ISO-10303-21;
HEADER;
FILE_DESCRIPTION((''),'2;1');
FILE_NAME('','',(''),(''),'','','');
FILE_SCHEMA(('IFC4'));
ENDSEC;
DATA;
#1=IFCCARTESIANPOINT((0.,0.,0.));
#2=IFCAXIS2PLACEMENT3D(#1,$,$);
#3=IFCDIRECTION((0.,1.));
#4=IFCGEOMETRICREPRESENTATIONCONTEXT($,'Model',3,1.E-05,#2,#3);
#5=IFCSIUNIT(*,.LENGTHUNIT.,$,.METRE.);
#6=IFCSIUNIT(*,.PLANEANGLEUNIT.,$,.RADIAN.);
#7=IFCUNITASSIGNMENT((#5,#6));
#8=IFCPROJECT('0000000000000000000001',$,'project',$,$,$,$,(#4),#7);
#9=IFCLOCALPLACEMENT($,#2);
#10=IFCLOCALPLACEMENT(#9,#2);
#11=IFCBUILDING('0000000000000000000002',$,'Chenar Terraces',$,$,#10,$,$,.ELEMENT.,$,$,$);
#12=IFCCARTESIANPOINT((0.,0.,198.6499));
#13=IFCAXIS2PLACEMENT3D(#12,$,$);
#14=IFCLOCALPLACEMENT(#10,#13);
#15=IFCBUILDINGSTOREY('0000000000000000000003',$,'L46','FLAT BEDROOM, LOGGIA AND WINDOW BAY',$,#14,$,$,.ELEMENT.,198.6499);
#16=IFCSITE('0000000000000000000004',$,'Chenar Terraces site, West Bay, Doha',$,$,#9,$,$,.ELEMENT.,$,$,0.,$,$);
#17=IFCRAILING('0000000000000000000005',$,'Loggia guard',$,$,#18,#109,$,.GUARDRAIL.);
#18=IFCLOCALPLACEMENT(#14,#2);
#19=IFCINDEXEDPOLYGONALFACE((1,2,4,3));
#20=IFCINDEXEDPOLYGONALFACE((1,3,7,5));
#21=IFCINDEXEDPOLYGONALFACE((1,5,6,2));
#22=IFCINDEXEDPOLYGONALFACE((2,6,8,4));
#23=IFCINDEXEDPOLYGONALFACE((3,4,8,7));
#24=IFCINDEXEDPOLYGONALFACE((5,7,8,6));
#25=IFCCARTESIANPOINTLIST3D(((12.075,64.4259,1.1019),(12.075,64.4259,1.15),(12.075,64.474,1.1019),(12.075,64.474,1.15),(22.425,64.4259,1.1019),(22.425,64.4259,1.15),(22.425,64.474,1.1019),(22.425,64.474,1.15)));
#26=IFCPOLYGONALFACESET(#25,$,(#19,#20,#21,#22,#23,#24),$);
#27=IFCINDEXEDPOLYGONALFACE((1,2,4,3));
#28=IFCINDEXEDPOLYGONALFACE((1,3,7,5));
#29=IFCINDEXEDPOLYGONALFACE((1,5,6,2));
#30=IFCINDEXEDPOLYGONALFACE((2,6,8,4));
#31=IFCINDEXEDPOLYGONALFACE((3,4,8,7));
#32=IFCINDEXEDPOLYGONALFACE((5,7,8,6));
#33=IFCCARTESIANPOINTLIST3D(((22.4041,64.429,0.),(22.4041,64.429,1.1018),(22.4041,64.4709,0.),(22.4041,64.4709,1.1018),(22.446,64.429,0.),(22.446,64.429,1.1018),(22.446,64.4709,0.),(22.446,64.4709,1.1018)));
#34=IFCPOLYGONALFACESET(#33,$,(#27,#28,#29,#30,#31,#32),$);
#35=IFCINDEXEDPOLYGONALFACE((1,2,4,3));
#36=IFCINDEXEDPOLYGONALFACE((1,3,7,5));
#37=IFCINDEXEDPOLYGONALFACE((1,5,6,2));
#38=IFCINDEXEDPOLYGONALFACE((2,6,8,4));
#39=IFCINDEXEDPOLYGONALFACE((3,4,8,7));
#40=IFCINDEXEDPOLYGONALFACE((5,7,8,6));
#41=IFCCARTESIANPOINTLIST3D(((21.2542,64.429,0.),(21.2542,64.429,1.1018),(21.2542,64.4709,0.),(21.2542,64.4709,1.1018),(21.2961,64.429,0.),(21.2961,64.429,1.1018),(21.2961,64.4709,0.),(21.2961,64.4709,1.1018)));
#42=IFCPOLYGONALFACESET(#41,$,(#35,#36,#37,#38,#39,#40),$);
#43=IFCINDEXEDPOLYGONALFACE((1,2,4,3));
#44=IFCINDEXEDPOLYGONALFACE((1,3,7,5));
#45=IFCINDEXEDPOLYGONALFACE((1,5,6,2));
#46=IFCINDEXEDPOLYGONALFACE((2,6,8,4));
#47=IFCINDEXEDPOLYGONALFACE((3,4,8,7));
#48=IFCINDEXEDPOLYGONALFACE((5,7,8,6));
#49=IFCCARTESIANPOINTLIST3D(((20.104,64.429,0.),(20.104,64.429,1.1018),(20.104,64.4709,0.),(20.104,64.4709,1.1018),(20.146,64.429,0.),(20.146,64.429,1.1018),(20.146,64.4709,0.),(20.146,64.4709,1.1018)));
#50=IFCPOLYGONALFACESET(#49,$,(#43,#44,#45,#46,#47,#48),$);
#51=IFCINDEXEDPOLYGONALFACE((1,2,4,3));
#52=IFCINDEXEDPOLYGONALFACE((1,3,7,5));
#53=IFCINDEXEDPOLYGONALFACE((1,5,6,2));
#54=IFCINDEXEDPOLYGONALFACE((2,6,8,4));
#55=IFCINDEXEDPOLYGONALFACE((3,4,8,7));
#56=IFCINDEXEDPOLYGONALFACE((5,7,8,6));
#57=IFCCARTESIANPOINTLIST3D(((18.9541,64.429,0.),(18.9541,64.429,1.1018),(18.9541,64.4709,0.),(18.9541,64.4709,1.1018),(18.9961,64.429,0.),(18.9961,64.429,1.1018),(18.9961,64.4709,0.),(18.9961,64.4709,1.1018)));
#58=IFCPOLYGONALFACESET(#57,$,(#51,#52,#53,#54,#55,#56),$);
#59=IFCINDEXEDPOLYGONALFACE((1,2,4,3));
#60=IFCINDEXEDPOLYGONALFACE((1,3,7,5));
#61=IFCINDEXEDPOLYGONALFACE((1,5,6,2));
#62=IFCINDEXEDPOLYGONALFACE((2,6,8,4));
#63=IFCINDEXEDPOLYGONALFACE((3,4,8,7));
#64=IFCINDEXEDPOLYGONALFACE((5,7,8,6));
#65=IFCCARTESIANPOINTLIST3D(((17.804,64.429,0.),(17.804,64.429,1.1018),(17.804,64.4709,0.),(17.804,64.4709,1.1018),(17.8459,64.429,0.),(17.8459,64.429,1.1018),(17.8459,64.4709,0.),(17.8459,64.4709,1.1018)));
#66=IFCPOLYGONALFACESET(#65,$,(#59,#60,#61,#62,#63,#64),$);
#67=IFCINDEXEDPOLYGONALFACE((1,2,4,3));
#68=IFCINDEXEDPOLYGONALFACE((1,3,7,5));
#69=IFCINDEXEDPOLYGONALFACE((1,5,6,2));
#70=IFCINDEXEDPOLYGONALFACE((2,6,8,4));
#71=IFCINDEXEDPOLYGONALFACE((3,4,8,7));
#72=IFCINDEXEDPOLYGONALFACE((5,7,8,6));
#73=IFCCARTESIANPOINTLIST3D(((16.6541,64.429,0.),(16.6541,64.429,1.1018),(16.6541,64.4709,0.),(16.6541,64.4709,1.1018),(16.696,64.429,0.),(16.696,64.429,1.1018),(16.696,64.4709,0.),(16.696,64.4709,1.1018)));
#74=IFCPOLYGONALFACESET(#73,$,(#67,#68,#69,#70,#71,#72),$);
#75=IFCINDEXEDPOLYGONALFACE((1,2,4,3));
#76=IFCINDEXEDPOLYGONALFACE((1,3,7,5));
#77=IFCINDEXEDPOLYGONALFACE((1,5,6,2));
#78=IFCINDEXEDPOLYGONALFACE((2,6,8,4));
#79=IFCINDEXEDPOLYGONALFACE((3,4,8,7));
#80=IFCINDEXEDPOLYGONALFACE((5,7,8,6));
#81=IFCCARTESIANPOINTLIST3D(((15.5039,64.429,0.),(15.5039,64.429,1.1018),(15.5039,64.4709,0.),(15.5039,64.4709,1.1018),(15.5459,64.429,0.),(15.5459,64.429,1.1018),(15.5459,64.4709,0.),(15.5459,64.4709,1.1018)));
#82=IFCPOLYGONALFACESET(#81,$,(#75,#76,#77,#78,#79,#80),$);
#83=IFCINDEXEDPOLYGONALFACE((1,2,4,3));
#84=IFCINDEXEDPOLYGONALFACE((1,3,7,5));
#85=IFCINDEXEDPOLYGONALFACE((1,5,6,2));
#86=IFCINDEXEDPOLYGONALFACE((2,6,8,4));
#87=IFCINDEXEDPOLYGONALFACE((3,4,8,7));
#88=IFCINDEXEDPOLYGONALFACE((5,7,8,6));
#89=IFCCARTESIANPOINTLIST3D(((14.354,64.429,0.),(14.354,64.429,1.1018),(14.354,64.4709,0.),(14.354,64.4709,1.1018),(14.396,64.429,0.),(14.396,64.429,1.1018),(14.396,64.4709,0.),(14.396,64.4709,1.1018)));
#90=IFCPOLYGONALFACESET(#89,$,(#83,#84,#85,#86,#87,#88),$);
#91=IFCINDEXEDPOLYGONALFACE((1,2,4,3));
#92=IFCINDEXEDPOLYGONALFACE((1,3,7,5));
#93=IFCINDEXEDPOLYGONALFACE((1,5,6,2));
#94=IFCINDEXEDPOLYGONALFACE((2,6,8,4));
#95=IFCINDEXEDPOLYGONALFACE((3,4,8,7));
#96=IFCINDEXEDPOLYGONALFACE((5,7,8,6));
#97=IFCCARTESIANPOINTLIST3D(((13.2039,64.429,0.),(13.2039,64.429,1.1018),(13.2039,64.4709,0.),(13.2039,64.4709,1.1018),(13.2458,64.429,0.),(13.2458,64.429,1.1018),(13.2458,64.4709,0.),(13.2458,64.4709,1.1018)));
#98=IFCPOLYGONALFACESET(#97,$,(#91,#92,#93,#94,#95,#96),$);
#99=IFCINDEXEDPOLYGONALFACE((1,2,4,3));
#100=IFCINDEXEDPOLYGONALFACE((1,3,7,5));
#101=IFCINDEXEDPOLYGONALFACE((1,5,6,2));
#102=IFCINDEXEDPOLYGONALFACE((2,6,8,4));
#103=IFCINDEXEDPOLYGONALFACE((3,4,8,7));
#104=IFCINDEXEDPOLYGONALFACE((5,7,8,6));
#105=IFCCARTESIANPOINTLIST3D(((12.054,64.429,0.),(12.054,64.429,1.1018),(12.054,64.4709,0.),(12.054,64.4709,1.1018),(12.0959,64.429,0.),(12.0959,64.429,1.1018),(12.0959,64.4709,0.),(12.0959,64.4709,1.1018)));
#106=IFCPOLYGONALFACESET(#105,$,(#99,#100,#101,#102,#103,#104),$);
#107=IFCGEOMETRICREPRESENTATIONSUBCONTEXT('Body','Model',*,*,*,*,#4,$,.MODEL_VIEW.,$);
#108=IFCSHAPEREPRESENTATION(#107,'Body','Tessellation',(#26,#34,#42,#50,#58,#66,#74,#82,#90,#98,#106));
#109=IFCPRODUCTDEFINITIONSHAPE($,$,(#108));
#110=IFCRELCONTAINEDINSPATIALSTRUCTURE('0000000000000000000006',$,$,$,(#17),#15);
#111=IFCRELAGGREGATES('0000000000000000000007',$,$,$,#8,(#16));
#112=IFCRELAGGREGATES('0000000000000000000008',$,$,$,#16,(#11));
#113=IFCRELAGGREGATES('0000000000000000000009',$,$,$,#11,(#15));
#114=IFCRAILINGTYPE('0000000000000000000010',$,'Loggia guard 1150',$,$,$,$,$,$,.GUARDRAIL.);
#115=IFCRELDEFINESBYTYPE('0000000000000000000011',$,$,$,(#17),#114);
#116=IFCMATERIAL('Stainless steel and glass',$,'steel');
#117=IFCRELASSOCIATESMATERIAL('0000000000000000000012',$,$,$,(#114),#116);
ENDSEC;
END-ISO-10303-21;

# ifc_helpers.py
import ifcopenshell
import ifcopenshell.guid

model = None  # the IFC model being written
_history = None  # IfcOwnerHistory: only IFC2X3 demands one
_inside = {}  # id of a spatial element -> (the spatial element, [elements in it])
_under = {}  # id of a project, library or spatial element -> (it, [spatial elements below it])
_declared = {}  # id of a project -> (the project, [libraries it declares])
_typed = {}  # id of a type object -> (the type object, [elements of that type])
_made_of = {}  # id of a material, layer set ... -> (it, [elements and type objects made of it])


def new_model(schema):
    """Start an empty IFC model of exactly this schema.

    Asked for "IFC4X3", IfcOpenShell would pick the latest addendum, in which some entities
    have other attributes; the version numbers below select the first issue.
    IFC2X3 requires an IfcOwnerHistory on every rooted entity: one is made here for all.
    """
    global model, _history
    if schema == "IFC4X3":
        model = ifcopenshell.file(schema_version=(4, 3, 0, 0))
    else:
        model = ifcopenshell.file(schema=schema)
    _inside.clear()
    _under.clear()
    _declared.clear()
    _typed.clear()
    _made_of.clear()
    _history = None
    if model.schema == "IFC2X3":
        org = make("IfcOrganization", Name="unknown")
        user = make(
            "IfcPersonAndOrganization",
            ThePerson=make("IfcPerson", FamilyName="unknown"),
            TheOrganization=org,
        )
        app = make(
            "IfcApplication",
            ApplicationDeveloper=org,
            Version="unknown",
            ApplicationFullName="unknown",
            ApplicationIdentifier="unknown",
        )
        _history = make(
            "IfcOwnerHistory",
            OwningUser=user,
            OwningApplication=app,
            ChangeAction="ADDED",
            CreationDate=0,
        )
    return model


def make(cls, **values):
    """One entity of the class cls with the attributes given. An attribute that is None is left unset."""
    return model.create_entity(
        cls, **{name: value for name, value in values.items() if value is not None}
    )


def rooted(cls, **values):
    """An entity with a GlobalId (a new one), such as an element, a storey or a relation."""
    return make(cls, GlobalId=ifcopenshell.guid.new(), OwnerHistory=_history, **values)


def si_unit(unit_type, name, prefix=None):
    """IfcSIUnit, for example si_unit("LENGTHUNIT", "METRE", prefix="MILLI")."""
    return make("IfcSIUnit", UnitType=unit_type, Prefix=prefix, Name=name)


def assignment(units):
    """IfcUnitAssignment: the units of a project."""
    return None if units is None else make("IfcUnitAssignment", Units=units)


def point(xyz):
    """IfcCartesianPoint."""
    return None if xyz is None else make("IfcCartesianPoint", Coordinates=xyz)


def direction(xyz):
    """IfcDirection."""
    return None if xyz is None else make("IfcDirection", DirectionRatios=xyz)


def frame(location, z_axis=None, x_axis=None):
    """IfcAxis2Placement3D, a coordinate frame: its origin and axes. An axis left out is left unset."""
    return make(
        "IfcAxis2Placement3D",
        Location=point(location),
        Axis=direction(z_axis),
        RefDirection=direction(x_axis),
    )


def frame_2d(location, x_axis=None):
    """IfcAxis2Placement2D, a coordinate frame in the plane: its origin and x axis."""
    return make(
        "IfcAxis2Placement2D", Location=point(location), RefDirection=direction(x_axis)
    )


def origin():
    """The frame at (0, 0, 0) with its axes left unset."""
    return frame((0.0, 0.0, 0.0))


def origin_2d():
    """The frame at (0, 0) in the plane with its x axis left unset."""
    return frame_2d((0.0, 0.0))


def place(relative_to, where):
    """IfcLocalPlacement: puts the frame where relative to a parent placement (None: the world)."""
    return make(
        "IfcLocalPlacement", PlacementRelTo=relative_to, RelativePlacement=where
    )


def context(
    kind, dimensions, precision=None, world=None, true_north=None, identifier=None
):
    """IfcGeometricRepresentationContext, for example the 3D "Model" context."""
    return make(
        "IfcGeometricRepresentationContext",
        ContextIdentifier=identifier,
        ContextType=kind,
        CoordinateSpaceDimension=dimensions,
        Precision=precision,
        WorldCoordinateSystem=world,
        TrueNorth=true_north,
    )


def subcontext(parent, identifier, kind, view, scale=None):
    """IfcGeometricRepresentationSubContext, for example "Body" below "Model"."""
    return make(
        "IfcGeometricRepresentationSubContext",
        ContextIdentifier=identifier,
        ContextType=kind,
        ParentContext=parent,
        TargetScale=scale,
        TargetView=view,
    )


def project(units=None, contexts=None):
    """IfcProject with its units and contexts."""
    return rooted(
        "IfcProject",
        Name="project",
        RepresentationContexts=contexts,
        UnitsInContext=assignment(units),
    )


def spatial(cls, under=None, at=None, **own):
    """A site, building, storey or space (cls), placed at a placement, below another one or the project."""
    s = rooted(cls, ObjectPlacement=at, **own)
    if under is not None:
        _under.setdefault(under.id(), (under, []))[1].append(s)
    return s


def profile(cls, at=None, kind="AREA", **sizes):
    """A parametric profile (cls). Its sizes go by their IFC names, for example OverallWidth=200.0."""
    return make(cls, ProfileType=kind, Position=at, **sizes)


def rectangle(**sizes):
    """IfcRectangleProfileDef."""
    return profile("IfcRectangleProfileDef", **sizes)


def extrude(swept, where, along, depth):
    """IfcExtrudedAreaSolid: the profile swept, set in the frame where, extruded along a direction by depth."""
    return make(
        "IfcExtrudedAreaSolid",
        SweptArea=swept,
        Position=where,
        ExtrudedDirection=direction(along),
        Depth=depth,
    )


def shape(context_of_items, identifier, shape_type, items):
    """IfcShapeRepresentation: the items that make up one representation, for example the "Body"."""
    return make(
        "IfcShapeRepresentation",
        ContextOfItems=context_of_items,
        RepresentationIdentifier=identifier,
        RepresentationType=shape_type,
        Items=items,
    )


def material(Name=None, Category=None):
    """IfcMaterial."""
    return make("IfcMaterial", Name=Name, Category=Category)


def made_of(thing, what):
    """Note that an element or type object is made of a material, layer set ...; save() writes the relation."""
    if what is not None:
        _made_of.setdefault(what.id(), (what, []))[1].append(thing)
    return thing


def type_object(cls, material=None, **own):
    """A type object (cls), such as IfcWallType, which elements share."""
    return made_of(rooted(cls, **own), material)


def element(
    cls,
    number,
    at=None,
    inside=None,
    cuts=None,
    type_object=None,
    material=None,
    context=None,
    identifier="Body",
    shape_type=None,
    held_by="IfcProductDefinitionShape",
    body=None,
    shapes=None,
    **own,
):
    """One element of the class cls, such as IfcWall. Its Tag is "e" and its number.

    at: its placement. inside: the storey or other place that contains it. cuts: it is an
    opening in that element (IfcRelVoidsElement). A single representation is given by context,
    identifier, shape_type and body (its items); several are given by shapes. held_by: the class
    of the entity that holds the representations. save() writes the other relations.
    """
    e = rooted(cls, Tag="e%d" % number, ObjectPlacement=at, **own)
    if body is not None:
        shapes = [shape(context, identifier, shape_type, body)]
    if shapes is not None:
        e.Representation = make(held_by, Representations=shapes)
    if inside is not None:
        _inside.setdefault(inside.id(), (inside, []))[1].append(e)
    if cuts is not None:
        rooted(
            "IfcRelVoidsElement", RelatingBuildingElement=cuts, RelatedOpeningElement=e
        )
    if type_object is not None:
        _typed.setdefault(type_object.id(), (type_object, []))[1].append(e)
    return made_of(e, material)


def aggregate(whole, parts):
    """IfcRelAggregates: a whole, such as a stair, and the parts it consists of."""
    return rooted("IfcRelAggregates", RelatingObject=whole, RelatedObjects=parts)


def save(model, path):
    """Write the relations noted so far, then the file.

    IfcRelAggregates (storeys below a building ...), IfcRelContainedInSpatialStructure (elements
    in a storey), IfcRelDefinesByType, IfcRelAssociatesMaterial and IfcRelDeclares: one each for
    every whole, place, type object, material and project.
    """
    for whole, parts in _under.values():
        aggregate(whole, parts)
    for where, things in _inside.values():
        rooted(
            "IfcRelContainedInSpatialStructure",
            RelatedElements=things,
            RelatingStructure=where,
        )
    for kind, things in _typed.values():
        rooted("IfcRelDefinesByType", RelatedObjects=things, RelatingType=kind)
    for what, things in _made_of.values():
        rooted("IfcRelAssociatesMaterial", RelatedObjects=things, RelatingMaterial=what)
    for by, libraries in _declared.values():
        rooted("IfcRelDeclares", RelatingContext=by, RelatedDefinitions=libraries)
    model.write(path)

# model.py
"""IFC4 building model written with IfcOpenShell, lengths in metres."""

from ifc_helpers import new_model, si_unit, direction, frame, origin, origin_2d, place, context, subcontext, project, spatial, rectangle, extrude, material, type_object, element, save


model = new_model("IFC4")

# Units and contexts
model_context = context("Model", 3, precision=1e-05, world=origin(), true_north=direction((0.0, 1.0)))
body_context = subcontext(model_context, "Body", "Model", "MODEL_VIEW")
ifc_project = project(units=[si_unit("LENGTHUNIT", "METRE"), si_unit("PLANEANGLEUNIT", "RADIAN")], contexts=[model_context])

# Site, building, storey
site_placement = place(None, origin())
site = spatial("IfcSite", under=ifc_project, at=site_placement, Name="Chenar Terraces site, West Bay, Doha", CompositionType="ELEMENT", RefElevation=0.0)
building_placement = place(site_placement, origin())
building = spatial("IfcBuilding", under=site, at=building_placement, Name="Chenar Terraces", CompositionType="ELEMENT")
storey_placement = place(building_placement, frame((0.0, 0.0, 198.6499)))
storey = spatial("IfcBuildingStorey", under=building, at=storey_placement, Name="L46", Description="FLAT BEDROOM, LOGGIA AND WINDOW BAY", CompositionType="ELEMENT", Elevation=198.6499)

# Railing
ifc_material_1 = material(Name="Stainless steel and glass", Category="steel")
railing_type_1 = type_object("IfcRailingType", Name="Loggia guard 1150", PredefinedType="GUARDRAIL", material=ifc_material_1)
railing_1_placement = place(storey_placement, frame((22.425, 64.45, 0.0)))
element("IfcRailing", 1, at=railing_1_placement, inside=storey, type_object=railing_type_1, Name="Loggia guard", PredefinedType="GUARDRAIL", context=body_context, shape_type="SweptSolid", body=[
    extrude(rectangle(XDim=0.0481, YDim=0.0481, at=origin_2d()), frame((0.0, 0.0, 1.126), z_axis=(-1.0, 0.0, 0.0), x_axis=(0.0, -1.0, 0.0)), (0.0, 0.0, 1.0), 10.3501),
    extrude(rectangle(XDim=0.042, YDim=0.042, at=origin_2d()), origin(), (0.0, 0.0, 1.0), 1.1018),
    extrude(rectangle(XDim=0.042, YDim=0.042, at=origin_2d()), frame((-1.1499, 0.0, 0.0)), (0.0, 0.0, 1.0), 1.1018),
    extrude(rectangle(XDim=0.042, YDim=0.042, at=origin_2d()), frame((-2.3, 0.0, 0.0)), (0.0, 0.0, 1.0), 1.1018),
    extrude(rectangle(XDim=0.042, YDim=0.042, at=origin_2d()), frame((-3.45, 0.0, 0.0)), (0.0, 0.0, 1.0), 1.1018),
    extrude(rectangle(XDim=0.042, YDim=0.042, at=origin_2d()), frame((-4.6001, 0.0, 0.0)), (0.0, 0.0, 1.0), 1.1018),
    extrude(rectangle(XDim=0.042, YDim=0.042, at=origin_2d()), frame((-5.75, 0.0, 0.0)), (0.0, 0.0, 1.0), 1.1018),
    extrude(rectangle(XDim=0.042, YDim=0.042, at=origin_2d()), frame((-6.9001, 0.0, 0.0)), (0.0, 0.0, 1.0), 1.1018),
    extrude(rectangle(XDim=0.042, YDim=0.042, at=origin_2d()), frame((-8.05, 0.0, 0.0)), (0.0, 0.0, 1.0), 1.1018),
    extrude(rectangle(XDim=0.042, YDim=0.042, at=origin_2d()), frame((-9.2002, 0.0, 0.0)), (0.0, 0.0, 1.0), 1.1018),
    extrude(rectangle(XDim=0.042, YDim=0.042, at=origin_2d()), frame((-10.3501, 0.0, 0.0)), (0.0, 0.0, 1.0), 1.1018),
])

save(model, "model.ifc")
